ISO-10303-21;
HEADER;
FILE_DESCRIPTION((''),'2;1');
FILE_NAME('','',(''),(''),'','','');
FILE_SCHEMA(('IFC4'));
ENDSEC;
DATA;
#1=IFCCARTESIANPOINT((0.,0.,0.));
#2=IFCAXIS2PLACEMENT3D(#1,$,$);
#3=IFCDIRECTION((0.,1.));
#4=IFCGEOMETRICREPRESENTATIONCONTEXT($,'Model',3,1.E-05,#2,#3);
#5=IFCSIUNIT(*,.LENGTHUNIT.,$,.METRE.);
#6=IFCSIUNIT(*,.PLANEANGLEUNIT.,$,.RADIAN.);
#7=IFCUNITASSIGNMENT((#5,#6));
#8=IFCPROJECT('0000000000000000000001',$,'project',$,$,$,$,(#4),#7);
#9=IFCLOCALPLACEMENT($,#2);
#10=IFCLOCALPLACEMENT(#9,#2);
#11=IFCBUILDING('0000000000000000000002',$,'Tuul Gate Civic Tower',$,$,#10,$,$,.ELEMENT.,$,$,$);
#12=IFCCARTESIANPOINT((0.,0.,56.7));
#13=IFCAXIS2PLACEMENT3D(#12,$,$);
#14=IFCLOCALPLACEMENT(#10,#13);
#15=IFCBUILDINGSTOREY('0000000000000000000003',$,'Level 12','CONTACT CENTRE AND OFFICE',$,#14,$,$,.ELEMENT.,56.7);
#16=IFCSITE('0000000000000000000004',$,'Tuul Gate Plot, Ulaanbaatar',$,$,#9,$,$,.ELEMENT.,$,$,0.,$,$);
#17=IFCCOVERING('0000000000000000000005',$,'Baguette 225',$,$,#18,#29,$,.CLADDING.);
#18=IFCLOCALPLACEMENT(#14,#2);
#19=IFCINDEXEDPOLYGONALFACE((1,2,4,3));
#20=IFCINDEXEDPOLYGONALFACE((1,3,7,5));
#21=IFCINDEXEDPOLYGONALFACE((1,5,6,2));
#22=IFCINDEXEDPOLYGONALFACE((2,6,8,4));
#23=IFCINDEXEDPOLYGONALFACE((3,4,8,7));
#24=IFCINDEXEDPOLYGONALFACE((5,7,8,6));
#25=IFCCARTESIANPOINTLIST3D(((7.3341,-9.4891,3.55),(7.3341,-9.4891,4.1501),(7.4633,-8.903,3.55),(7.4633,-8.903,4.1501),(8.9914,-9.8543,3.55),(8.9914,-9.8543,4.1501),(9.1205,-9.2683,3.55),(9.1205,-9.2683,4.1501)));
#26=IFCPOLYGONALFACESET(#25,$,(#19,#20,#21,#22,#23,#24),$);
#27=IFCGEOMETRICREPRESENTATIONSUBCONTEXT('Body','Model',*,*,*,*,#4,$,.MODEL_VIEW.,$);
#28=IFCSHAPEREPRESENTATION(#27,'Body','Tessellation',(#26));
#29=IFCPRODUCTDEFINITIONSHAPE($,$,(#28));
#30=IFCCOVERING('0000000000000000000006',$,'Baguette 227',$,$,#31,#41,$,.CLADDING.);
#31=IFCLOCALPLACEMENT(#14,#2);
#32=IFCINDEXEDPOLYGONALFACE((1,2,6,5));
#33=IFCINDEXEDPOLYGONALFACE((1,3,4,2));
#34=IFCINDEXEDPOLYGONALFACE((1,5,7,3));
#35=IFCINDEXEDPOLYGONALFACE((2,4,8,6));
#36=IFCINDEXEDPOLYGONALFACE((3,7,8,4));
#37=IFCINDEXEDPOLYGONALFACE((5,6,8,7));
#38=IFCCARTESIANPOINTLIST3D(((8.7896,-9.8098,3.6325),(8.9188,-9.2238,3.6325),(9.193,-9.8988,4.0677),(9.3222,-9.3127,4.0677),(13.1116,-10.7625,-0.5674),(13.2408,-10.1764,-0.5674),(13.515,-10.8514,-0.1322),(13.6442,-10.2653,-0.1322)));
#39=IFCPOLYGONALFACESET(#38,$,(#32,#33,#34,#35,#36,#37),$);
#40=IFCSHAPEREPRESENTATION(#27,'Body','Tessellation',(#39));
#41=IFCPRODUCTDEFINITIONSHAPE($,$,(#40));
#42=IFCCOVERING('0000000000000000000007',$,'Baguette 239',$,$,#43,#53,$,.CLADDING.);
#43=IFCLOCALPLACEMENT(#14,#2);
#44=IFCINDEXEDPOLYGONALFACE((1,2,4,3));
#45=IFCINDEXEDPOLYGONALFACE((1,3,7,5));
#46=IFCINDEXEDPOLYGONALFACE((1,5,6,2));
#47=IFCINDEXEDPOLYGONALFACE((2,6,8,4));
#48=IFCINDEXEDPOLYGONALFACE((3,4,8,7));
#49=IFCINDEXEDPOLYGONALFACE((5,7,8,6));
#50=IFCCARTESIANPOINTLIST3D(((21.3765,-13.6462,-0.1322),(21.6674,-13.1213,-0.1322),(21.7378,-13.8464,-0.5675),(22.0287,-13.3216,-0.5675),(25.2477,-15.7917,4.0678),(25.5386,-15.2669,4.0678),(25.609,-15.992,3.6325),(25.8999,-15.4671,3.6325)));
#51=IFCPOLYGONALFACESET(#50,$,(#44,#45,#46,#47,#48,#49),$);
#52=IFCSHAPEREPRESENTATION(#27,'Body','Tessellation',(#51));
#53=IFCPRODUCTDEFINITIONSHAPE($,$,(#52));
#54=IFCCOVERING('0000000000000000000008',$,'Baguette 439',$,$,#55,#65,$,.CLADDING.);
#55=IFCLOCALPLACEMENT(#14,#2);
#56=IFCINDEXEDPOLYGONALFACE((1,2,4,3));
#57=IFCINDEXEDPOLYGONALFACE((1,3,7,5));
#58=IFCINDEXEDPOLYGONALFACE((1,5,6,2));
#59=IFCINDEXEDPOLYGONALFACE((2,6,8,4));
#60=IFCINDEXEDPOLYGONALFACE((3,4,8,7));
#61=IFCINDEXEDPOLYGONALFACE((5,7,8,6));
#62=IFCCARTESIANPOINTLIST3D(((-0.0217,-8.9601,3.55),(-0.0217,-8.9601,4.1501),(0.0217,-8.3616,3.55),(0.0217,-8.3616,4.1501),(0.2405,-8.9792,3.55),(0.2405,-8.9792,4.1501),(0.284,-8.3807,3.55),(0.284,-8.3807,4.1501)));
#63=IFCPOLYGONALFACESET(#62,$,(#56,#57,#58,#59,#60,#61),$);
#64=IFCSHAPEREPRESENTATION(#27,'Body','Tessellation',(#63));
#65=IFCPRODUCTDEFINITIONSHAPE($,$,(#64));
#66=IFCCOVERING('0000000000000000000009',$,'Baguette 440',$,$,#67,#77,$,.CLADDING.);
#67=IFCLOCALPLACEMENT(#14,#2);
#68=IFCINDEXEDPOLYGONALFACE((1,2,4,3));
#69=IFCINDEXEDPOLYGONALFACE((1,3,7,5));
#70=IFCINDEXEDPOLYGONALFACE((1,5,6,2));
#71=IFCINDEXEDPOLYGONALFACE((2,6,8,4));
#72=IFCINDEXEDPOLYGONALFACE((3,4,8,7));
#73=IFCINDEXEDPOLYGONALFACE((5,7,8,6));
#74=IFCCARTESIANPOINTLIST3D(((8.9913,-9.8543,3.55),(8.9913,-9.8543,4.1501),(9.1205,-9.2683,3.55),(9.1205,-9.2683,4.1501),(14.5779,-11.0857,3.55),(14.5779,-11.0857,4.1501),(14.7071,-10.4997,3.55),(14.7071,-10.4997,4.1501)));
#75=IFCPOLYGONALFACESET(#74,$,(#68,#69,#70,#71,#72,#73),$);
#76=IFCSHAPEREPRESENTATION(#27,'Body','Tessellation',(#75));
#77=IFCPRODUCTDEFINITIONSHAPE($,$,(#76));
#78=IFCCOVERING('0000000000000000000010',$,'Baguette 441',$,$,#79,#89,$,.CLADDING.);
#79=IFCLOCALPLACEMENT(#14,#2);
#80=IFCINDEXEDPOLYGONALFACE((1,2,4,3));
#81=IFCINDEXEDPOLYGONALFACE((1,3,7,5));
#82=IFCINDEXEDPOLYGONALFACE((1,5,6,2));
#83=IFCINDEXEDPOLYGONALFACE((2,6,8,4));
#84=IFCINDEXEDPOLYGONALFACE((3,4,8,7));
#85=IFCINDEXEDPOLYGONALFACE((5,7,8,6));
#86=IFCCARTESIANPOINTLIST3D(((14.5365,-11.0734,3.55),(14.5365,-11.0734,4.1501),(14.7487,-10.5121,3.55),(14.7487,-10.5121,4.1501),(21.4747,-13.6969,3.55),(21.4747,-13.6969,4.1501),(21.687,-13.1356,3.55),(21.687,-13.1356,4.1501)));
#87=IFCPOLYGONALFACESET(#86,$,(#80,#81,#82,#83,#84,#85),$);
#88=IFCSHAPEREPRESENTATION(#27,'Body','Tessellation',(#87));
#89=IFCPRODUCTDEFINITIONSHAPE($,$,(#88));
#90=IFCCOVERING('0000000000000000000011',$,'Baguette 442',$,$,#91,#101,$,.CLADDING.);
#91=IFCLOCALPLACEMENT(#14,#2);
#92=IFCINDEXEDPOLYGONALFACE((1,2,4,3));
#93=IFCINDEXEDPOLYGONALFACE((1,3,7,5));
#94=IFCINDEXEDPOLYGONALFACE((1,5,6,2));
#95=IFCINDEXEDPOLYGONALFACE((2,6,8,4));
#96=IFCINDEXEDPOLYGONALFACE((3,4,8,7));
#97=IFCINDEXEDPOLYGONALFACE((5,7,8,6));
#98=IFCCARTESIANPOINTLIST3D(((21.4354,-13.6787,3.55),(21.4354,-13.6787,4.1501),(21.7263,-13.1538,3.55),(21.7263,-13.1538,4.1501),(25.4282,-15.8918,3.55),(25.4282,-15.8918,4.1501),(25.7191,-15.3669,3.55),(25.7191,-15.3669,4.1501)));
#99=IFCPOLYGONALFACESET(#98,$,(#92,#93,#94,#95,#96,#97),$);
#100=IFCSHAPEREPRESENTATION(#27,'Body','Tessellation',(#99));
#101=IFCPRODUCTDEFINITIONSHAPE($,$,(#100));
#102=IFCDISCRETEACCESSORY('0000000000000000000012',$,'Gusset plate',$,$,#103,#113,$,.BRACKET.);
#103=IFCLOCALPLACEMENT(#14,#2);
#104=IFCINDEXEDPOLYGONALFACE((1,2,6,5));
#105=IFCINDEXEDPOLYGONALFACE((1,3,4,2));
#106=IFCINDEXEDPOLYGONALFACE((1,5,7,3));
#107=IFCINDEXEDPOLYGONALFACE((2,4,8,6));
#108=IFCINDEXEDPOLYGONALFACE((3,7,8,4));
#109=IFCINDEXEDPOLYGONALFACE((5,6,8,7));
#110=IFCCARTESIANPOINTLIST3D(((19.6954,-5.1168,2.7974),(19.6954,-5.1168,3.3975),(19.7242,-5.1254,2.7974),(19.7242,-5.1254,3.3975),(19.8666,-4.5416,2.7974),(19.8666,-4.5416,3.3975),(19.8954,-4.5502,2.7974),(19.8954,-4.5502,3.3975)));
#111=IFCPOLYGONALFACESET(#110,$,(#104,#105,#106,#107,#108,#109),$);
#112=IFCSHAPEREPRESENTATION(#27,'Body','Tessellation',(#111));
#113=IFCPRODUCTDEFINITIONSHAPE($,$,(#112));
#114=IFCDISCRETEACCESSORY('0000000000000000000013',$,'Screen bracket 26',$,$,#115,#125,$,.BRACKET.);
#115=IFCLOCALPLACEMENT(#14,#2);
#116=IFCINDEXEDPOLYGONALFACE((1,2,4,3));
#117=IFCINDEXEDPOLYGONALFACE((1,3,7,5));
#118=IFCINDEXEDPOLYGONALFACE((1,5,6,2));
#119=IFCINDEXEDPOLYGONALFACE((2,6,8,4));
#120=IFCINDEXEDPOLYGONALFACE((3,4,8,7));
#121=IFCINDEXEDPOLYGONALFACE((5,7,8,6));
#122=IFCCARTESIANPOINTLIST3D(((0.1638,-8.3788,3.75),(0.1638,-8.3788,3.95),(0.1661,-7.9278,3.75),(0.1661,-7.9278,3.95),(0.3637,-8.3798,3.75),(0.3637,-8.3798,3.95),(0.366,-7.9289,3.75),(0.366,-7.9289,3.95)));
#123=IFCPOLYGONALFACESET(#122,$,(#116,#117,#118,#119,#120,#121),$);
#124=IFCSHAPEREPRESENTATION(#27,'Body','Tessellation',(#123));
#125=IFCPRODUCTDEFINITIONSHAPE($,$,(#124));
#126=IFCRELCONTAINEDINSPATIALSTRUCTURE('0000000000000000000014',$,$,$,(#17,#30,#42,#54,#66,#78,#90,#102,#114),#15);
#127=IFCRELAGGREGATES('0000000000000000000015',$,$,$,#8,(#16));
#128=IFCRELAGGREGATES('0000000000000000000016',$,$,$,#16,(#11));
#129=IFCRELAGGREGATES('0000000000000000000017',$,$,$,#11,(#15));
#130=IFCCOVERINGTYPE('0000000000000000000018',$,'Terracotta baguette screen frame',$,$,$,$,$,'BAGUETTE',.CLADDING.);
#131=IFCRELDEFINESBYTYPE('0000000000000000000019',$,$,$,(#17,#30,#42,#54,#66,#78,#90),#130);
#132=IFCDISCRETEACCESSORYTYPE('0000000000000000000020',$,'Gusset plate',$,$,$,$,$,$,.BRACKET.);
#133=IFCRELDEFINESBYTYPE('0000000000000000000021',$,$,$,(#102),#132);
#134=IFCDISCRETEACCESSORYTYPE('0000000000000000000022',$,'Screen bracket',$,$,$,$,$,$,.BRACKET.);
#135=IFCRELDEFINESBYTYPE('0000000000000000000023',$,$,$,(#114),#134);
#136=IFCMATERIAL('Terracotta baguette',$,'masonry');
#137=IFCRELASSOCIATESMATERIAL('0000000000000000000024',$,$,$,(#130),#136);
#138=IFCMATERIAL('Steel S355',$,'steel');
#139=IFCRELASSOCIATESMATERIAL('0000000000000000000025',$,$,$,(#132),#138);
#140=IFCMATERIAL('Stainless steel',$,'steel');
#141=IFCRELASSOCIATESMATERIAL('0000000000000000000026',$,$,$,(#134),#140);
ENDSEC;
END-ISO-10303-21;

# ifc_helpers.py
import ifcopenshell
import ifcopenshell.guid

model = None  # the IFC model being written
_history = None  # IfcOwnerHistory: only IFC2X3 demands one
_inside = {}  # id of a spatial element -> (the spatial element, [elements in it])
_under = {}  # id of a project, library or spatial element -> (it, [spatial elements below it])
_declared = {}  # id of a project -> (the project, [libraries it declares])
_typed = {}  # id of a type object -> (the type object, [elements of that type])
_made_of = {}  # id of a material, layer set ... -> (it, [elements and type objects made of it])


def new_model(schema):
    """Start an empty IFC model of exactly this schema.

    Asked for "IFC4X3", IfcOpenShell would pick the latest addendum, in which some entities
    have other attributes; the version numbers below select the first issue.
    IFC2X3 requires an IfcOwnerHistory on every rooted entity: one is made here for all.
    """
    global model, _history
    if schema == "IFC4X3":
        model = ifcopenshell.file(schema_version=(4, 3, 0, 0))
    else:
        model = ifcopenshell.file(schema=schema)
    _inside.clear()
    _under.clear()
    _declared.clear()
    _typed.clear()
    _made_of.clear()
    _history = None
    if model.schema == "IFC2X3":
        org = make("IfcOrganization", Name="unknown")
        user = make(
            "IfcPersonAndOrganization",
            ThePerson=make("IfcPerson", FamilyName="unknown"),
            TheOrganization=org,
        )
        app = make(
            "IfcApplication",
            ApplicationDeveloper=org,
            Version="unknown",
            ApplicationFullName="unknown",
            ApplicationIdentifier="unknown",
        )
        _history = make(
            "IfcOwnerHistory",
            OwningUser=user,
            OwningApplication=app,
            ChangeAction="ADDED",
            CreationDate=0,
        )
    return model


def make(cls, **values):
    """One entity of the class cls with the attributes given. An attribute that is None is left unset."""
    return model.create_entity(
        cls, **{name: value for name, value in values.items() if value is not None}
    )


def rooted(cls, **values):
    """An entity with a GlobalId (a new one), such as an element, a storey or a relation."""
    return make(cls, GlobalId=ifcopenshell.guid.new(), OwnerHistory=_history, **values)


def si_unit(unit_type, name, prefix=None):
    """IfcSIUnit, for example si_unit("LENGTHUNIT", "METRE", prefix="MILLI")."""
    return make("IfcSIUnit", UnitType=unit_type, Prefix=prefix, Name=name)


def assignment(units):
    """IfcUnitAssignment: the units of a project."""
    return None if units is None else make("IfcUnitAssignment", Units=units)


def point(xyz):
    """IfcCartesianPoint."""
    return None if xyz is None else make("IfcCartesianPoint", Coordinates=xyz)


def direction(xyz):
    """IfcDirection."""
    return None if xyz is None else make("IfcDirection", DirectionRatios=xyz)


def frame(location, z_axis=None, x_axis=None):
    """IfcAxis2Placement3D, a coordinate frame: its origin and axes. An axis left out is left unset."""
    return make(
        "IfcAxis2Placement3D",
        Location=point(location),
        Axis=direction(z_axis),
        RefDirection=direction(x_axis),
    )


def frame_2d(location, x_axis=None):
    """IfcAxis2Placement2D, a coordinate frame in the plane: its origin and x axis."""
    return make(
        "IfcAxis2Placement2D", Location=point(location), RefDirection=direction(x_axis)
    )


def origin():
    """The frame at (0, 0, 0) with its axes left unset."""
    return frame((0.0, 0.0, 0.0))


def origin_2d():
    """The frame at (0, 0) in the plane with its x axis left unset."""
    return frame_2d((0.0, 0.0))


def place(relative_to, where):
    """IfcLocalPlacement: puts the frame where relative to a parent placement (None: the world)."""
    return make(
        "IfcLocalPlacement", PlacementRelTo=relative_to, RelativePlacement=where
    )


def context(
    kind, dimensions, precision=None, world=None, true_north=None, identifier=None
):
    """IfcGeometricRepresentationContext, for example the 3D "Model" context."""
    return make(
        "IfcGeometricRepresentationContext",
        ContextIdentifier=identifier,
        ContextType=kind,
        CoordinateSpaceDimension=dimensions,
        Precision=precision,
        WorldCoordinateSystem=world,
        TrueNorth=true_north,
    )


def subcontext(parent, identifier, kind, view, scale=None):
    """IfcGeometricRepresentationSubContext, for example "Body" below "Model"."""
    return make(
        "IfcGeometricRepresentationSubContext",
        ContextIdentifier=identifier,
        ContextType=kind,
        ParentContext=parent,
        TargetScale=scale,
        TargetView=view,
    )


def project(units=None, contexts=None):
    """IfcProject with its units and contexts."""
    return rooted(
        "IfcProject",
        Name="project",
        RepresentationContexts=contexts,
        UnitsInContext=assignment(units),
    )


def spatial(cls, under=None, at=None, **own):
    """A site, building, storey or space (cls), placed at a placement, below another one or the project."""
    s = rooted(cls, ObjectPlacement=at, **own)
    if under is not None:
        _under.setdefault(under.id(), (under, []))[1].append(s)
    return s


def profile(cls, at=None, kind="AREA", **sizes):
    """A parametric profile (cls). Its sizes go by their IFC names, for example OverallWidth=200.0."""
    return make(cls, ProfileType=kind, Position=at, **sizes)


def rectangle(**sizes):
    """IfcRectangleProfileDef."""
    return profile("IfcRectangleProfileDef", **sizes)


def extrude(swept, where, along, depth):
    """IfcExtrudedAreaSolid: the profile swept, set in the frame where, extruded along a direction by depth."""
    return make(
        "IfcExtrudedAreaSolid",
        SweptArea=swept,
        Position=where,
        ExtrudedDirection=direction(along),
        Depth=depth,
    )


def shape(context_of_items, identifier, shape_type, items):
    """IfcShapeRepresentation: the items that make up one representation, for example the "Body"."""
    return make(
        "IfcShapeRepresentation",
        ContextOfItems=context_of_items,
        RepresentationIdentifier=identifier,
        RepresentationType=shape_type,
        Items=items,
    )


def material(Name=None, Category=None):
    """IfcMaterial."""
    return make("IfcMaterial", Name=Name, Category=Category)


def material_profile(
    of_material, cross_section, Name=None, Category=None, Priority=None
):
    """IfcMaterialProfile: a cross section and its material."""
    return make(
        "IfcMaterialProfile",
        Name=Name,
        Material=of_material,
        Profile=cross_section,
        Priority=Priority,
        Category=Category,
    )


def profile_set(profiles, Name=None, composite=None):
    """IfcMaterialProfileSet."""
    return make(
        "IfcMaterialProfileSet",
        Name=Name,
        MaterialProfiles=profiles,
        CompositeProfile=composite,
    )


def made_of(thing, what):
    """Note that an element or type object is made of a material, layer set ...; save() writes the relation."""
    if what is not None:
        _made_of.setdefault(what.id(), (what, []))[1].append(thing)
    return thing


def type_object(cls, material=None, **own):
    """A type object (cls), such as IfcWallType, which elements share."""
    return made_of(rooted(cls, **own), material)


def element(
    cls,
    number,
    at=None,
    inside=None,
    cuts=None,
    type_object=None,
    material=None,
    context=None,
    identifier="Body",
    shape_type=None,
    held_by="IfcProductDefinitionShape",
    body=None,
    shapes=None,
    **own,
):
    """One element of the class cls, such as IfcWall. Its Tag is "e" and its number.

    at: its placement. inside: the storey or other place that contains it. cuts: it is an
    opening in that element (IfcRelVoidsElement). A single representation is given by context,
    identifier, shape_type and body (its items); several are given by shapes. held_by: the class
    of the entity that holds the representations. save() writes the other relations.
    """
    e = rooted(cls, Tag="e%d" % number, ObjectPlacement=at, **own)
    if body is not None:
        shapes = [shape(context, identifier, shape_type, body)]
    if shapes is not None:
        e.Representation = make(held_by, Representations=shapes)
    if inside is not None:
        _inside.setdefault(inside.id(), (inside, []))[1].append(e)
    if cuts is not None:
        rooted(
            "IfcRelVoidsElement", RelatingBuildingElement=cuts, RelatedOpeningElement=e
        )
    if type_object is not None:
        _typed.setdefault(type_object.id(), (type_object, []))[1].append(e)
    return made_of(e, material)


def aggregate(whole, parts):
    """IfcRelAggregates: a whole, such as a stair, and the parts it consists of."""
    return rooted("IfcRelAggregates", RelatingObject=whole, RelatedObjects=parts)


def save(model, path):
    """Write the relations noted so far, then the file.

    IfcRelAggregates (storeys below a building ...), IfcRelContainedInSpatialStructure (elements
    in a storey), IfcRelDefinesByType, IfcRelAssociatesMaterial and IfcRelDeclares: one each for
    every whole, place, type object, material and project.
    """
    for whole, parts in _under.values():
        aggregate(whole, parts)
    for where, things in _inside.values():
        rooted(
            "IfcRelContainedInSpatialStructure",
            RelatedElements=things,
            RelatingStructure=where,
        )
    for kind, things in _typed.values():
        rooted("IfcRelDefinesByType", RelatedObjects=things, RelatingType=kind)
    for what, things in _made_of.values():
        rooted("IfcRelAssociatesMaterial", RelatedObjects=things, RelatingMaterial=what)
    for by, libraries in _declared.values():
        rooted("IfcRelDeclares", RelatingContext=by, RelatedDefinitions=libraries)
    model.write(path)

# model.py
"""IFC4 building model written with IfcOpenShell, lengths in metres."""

from ifc_helpers import new_model, si_unit, direction, frame, origin, origin_2d, place, context, subcontext, project, spatial, rectangle, extrude, material, material_profile, profile_set, type_object, element, save


model = new_model("IFC4")

# Units and contexts
model_context = context("Model", 3, precision=1e-05, world=origin(), true_north=direction((0.0, 1.0)))
body_context = subcontext(model_context, "Body", "Model", "MODEL_VIEW")
ifc_project = project(units=[si_unit("LENGTHUNIT", "METRE"), si_unit("PLANEANGLEUNIT", "RADIAN")], contexts=[model_context])

# Site, building, storey
site_placement = place(None, origin())
site = spatial("IfcSite", under=ifc_project, at=site_placement, Name="Tuul Gate Plot, Ulaanbaatar", CompositionType="ELEMENT", RefElevation=0.0)
building_placement = place(site_placement, origin())
building = spatial("IfcBuilding", under=site, at=building_placement, Name="Tuul Gate Civic Tower", CompositionType="ELEMENT")
storey_placement = place(building_placement, frame((0.0, 0.0, 56.7)))
storey = spatial("IfcBuildingStorey", under=building, at=storey_placement, Name="Level 12", Description="CONTACT CENTRE AND OFFICE", CompositionType="ELEMENT", Elevation=56.7)

# Coverings
ifc_material_1 = material(Name="Terracotta baguette", Category="masonry")
ifc_material_profile_1 = material_profile(ifc_material_1, rectangle(XDim=0.6001, YDim=0.6001, at=origin_2d()), Name="Terracotta baguette screen frame")
ifc_profile_set_1 = profile_set([ifc_material_profile_1], Name="Terracotta baguette")
covering_type = type_object("IfcCoveringType", Name="Terracotta baguette screen frame", ElementType="BAGUETTE", PredefinedType="CLADDING", material=ifc_profile_set_1)
covering_1_placement = place(storey_placement, frame((7.3987, -9.196, 3.8501), z_axis=(0.976565, -0.215224, 0.0), x_axis=(0.215224, 0.976565, 0.0)))
element("IfcCovering", 1, at=covering_1_placement, inside=storey, type_object=covering_type, Name="Baguette 225", PredefinedType="CLADDING", context=body_context, shape_type="SweptSolid", body=[
    extrude(rectangle(XDim=0.6001, YDim=0.6001, at=origin_2d()), origin(), (0.0, 0.0, 1.0), 1.697),
])
covering_2_placement = place(storey_placement, frame((9.0559, -9.5613, 3.8501), z_axis=(0.708367, -0.156134, -0.68836), x_axis=(0.215248, 0.976559, 0.0)))
element("IfcCovering", 2, at=covering_2_placement, inside=storey, type_object=covering_type, Name="Baguette 227", PredefinedType="CLADDING", context=body_context, shape_type="SweptSolid", body=[
    extrude(rectangle(XDim=0.6001, YDim=0.6001, at=origin_2d()), origin(), (0.0, 0.0, 1.0), 6.1013),
])
covering_3_placement = place(storey_placement, frame((21.7026, -13.4839, -0.3499), z_axis=(0.634451, -0.351637, 0.688349), x_axis=(0.484762, 0.874646, 0.0)))
element("IfcCovering", 3, at=covering_3_placement, inside=storey, type_object=covering_type, Name="Baguette 239", PredefinedType="CLADDING", context=body_context, shape_type="SweptSolid", body=[
    extrude(rectangle(XDim=0.6001, YDim=0.6001, at=origin_2d()), origin(), (0.0, 0.0, 1.0), 6.1016),
])
covering_4_placement = place(storey_placement, frame((0.0, -8.6609, 3.8501), z_axis=(0.997373, -0.072435, 0.0), x_axis=(0.072435, 0.997373, 0.0)))
element("IfcCovering", 4, at=covering_4_placement, inside=storey, type_object=covering_type, Name="Baguette 439", PredefinedType="CLADDING", context=body_context, shape_type="SweptSolid", body=[
    extrude(rectangle(XDim=0.6001, YDim=0.6001, at=origin_2d()), origin(), (0.0, 0.0, 1.0), 0.2629),
])
covering_5_placement = place(storey_placement, frame((9.0559, -9.5613, 3.8501), z_axis=(0.976557, -0.215258, 0.0), x_axis=(0.215258, 0.976557, 0.0)))
element("IfcCovering", 5, at=covering_5_placement, inside=storey, type_object=covering_type, Name="Baguette 440", PredefinedType="CLADDING", context=body_context, shape_type="SweptSolid", body=[
    extrude(rectangle(XDim=0.6001, YDim=0.6001, at=origin_2d()), origin(), (0.0, 0.0, 1.0), 5.7207),
])
covering_6_placement = place(storey_placement, frame((14.6426, -10.7927, 3.8501), z_axis=(0.935364, -0.353687, 0.0), x_axis=(0.353687, 0.935364, 0.0)))
element("IfcCovering", 6, at=covering_6_placement, inside=storey, type_object=covering_type, Name="Baguette 441", PredefinedType="CLADDING", context=body_context, shape_type="SweptSolid", body=[
    extrude(rectangle(XDim=0.6001, YDim=0.6001, at=origin_2d()), origin(), (0.0, 0.0, 1.0), 7.4177),
])
covering_7_placement = place(storey_placement, frame((21.5808, -13.4163, 3.8501), z_axis=(0.874636, -0.48478, 0.0), x_axis=(0.48478, 0.874636, 0.0)))
element("IfcCovering", 7, at=covering_7_placement, inside=storey, type_object=covering_type, Name="Baguette 442", PredefinedType="CLADDING", context=body_context, shape_type="SweptSolid", body=[
    extrude(rectangle(XDim=0.6001, YDim=0.6001, at=origin_2d()), origin(), (0.0, 0.0, 1.0), 4.5652),
])

# Discrete accessories
ifc_material_2 = material(Name="Steel S355", Category="steel")
discrete_accessory_type_1 = type_object("IfcDiscreteAccessoryType", Name="Gusset plate", PredefinedType="BRACKET", material=ifc_material_2)
discrete_accessory_1_placement = place(storey_placement, frame((19.7954, -4.8335, 2.7974), z_axis=(0.0, 0.0, 1.0), x_axis=(0.285225, 0.958461, 0.0)))
element("IfcDiscreteAccessory", 8, at=discrete_accessory_1_placement, inside=storey, type_object=discrete_accessory_type_1, Name="Gusset plate", PredefinedType="BRACKET", context=body_context, shape_type="SweptSolid", body=[
    extrude(rectangle(XDim=0.6001, YDim=0.03, at=origin_2d()), origin(), (0.0, 0.0, 1.0), 0.6001),
])
ifc_material_3 = material(Name="Stainless steel", Category="steel")
discrete_accessory_type_2 = type_object("IfcDiscreteAccessoryType", Name="Screen bracket", PredefinedType="BRACKET", material=ifc_material_3)
discrete_accessory_2_placement = place(storey_placement, frame((0.2649, -8.1538, 3.75), z_axis=(0.0, 0.0, 1.0), x_axis=(-0.005109, -0.999987, 0.0)))
element("IfcDiscreteAccessory", 9, at=discrete_accessory_2_placement, inside=storey, type_object=discrete_accessory_type_2, Name="Screen bracket 26", PredefinedType="BRACKET", context=body_context, shape_type="SweptSolid", body=[
    extrude(rectangle(XDim=0.4509, YDim=0.2, at=origin_2d()), origin(), (0.0, 0.0, 1.0), 0.2),
])

save(model, "model.ifc")
